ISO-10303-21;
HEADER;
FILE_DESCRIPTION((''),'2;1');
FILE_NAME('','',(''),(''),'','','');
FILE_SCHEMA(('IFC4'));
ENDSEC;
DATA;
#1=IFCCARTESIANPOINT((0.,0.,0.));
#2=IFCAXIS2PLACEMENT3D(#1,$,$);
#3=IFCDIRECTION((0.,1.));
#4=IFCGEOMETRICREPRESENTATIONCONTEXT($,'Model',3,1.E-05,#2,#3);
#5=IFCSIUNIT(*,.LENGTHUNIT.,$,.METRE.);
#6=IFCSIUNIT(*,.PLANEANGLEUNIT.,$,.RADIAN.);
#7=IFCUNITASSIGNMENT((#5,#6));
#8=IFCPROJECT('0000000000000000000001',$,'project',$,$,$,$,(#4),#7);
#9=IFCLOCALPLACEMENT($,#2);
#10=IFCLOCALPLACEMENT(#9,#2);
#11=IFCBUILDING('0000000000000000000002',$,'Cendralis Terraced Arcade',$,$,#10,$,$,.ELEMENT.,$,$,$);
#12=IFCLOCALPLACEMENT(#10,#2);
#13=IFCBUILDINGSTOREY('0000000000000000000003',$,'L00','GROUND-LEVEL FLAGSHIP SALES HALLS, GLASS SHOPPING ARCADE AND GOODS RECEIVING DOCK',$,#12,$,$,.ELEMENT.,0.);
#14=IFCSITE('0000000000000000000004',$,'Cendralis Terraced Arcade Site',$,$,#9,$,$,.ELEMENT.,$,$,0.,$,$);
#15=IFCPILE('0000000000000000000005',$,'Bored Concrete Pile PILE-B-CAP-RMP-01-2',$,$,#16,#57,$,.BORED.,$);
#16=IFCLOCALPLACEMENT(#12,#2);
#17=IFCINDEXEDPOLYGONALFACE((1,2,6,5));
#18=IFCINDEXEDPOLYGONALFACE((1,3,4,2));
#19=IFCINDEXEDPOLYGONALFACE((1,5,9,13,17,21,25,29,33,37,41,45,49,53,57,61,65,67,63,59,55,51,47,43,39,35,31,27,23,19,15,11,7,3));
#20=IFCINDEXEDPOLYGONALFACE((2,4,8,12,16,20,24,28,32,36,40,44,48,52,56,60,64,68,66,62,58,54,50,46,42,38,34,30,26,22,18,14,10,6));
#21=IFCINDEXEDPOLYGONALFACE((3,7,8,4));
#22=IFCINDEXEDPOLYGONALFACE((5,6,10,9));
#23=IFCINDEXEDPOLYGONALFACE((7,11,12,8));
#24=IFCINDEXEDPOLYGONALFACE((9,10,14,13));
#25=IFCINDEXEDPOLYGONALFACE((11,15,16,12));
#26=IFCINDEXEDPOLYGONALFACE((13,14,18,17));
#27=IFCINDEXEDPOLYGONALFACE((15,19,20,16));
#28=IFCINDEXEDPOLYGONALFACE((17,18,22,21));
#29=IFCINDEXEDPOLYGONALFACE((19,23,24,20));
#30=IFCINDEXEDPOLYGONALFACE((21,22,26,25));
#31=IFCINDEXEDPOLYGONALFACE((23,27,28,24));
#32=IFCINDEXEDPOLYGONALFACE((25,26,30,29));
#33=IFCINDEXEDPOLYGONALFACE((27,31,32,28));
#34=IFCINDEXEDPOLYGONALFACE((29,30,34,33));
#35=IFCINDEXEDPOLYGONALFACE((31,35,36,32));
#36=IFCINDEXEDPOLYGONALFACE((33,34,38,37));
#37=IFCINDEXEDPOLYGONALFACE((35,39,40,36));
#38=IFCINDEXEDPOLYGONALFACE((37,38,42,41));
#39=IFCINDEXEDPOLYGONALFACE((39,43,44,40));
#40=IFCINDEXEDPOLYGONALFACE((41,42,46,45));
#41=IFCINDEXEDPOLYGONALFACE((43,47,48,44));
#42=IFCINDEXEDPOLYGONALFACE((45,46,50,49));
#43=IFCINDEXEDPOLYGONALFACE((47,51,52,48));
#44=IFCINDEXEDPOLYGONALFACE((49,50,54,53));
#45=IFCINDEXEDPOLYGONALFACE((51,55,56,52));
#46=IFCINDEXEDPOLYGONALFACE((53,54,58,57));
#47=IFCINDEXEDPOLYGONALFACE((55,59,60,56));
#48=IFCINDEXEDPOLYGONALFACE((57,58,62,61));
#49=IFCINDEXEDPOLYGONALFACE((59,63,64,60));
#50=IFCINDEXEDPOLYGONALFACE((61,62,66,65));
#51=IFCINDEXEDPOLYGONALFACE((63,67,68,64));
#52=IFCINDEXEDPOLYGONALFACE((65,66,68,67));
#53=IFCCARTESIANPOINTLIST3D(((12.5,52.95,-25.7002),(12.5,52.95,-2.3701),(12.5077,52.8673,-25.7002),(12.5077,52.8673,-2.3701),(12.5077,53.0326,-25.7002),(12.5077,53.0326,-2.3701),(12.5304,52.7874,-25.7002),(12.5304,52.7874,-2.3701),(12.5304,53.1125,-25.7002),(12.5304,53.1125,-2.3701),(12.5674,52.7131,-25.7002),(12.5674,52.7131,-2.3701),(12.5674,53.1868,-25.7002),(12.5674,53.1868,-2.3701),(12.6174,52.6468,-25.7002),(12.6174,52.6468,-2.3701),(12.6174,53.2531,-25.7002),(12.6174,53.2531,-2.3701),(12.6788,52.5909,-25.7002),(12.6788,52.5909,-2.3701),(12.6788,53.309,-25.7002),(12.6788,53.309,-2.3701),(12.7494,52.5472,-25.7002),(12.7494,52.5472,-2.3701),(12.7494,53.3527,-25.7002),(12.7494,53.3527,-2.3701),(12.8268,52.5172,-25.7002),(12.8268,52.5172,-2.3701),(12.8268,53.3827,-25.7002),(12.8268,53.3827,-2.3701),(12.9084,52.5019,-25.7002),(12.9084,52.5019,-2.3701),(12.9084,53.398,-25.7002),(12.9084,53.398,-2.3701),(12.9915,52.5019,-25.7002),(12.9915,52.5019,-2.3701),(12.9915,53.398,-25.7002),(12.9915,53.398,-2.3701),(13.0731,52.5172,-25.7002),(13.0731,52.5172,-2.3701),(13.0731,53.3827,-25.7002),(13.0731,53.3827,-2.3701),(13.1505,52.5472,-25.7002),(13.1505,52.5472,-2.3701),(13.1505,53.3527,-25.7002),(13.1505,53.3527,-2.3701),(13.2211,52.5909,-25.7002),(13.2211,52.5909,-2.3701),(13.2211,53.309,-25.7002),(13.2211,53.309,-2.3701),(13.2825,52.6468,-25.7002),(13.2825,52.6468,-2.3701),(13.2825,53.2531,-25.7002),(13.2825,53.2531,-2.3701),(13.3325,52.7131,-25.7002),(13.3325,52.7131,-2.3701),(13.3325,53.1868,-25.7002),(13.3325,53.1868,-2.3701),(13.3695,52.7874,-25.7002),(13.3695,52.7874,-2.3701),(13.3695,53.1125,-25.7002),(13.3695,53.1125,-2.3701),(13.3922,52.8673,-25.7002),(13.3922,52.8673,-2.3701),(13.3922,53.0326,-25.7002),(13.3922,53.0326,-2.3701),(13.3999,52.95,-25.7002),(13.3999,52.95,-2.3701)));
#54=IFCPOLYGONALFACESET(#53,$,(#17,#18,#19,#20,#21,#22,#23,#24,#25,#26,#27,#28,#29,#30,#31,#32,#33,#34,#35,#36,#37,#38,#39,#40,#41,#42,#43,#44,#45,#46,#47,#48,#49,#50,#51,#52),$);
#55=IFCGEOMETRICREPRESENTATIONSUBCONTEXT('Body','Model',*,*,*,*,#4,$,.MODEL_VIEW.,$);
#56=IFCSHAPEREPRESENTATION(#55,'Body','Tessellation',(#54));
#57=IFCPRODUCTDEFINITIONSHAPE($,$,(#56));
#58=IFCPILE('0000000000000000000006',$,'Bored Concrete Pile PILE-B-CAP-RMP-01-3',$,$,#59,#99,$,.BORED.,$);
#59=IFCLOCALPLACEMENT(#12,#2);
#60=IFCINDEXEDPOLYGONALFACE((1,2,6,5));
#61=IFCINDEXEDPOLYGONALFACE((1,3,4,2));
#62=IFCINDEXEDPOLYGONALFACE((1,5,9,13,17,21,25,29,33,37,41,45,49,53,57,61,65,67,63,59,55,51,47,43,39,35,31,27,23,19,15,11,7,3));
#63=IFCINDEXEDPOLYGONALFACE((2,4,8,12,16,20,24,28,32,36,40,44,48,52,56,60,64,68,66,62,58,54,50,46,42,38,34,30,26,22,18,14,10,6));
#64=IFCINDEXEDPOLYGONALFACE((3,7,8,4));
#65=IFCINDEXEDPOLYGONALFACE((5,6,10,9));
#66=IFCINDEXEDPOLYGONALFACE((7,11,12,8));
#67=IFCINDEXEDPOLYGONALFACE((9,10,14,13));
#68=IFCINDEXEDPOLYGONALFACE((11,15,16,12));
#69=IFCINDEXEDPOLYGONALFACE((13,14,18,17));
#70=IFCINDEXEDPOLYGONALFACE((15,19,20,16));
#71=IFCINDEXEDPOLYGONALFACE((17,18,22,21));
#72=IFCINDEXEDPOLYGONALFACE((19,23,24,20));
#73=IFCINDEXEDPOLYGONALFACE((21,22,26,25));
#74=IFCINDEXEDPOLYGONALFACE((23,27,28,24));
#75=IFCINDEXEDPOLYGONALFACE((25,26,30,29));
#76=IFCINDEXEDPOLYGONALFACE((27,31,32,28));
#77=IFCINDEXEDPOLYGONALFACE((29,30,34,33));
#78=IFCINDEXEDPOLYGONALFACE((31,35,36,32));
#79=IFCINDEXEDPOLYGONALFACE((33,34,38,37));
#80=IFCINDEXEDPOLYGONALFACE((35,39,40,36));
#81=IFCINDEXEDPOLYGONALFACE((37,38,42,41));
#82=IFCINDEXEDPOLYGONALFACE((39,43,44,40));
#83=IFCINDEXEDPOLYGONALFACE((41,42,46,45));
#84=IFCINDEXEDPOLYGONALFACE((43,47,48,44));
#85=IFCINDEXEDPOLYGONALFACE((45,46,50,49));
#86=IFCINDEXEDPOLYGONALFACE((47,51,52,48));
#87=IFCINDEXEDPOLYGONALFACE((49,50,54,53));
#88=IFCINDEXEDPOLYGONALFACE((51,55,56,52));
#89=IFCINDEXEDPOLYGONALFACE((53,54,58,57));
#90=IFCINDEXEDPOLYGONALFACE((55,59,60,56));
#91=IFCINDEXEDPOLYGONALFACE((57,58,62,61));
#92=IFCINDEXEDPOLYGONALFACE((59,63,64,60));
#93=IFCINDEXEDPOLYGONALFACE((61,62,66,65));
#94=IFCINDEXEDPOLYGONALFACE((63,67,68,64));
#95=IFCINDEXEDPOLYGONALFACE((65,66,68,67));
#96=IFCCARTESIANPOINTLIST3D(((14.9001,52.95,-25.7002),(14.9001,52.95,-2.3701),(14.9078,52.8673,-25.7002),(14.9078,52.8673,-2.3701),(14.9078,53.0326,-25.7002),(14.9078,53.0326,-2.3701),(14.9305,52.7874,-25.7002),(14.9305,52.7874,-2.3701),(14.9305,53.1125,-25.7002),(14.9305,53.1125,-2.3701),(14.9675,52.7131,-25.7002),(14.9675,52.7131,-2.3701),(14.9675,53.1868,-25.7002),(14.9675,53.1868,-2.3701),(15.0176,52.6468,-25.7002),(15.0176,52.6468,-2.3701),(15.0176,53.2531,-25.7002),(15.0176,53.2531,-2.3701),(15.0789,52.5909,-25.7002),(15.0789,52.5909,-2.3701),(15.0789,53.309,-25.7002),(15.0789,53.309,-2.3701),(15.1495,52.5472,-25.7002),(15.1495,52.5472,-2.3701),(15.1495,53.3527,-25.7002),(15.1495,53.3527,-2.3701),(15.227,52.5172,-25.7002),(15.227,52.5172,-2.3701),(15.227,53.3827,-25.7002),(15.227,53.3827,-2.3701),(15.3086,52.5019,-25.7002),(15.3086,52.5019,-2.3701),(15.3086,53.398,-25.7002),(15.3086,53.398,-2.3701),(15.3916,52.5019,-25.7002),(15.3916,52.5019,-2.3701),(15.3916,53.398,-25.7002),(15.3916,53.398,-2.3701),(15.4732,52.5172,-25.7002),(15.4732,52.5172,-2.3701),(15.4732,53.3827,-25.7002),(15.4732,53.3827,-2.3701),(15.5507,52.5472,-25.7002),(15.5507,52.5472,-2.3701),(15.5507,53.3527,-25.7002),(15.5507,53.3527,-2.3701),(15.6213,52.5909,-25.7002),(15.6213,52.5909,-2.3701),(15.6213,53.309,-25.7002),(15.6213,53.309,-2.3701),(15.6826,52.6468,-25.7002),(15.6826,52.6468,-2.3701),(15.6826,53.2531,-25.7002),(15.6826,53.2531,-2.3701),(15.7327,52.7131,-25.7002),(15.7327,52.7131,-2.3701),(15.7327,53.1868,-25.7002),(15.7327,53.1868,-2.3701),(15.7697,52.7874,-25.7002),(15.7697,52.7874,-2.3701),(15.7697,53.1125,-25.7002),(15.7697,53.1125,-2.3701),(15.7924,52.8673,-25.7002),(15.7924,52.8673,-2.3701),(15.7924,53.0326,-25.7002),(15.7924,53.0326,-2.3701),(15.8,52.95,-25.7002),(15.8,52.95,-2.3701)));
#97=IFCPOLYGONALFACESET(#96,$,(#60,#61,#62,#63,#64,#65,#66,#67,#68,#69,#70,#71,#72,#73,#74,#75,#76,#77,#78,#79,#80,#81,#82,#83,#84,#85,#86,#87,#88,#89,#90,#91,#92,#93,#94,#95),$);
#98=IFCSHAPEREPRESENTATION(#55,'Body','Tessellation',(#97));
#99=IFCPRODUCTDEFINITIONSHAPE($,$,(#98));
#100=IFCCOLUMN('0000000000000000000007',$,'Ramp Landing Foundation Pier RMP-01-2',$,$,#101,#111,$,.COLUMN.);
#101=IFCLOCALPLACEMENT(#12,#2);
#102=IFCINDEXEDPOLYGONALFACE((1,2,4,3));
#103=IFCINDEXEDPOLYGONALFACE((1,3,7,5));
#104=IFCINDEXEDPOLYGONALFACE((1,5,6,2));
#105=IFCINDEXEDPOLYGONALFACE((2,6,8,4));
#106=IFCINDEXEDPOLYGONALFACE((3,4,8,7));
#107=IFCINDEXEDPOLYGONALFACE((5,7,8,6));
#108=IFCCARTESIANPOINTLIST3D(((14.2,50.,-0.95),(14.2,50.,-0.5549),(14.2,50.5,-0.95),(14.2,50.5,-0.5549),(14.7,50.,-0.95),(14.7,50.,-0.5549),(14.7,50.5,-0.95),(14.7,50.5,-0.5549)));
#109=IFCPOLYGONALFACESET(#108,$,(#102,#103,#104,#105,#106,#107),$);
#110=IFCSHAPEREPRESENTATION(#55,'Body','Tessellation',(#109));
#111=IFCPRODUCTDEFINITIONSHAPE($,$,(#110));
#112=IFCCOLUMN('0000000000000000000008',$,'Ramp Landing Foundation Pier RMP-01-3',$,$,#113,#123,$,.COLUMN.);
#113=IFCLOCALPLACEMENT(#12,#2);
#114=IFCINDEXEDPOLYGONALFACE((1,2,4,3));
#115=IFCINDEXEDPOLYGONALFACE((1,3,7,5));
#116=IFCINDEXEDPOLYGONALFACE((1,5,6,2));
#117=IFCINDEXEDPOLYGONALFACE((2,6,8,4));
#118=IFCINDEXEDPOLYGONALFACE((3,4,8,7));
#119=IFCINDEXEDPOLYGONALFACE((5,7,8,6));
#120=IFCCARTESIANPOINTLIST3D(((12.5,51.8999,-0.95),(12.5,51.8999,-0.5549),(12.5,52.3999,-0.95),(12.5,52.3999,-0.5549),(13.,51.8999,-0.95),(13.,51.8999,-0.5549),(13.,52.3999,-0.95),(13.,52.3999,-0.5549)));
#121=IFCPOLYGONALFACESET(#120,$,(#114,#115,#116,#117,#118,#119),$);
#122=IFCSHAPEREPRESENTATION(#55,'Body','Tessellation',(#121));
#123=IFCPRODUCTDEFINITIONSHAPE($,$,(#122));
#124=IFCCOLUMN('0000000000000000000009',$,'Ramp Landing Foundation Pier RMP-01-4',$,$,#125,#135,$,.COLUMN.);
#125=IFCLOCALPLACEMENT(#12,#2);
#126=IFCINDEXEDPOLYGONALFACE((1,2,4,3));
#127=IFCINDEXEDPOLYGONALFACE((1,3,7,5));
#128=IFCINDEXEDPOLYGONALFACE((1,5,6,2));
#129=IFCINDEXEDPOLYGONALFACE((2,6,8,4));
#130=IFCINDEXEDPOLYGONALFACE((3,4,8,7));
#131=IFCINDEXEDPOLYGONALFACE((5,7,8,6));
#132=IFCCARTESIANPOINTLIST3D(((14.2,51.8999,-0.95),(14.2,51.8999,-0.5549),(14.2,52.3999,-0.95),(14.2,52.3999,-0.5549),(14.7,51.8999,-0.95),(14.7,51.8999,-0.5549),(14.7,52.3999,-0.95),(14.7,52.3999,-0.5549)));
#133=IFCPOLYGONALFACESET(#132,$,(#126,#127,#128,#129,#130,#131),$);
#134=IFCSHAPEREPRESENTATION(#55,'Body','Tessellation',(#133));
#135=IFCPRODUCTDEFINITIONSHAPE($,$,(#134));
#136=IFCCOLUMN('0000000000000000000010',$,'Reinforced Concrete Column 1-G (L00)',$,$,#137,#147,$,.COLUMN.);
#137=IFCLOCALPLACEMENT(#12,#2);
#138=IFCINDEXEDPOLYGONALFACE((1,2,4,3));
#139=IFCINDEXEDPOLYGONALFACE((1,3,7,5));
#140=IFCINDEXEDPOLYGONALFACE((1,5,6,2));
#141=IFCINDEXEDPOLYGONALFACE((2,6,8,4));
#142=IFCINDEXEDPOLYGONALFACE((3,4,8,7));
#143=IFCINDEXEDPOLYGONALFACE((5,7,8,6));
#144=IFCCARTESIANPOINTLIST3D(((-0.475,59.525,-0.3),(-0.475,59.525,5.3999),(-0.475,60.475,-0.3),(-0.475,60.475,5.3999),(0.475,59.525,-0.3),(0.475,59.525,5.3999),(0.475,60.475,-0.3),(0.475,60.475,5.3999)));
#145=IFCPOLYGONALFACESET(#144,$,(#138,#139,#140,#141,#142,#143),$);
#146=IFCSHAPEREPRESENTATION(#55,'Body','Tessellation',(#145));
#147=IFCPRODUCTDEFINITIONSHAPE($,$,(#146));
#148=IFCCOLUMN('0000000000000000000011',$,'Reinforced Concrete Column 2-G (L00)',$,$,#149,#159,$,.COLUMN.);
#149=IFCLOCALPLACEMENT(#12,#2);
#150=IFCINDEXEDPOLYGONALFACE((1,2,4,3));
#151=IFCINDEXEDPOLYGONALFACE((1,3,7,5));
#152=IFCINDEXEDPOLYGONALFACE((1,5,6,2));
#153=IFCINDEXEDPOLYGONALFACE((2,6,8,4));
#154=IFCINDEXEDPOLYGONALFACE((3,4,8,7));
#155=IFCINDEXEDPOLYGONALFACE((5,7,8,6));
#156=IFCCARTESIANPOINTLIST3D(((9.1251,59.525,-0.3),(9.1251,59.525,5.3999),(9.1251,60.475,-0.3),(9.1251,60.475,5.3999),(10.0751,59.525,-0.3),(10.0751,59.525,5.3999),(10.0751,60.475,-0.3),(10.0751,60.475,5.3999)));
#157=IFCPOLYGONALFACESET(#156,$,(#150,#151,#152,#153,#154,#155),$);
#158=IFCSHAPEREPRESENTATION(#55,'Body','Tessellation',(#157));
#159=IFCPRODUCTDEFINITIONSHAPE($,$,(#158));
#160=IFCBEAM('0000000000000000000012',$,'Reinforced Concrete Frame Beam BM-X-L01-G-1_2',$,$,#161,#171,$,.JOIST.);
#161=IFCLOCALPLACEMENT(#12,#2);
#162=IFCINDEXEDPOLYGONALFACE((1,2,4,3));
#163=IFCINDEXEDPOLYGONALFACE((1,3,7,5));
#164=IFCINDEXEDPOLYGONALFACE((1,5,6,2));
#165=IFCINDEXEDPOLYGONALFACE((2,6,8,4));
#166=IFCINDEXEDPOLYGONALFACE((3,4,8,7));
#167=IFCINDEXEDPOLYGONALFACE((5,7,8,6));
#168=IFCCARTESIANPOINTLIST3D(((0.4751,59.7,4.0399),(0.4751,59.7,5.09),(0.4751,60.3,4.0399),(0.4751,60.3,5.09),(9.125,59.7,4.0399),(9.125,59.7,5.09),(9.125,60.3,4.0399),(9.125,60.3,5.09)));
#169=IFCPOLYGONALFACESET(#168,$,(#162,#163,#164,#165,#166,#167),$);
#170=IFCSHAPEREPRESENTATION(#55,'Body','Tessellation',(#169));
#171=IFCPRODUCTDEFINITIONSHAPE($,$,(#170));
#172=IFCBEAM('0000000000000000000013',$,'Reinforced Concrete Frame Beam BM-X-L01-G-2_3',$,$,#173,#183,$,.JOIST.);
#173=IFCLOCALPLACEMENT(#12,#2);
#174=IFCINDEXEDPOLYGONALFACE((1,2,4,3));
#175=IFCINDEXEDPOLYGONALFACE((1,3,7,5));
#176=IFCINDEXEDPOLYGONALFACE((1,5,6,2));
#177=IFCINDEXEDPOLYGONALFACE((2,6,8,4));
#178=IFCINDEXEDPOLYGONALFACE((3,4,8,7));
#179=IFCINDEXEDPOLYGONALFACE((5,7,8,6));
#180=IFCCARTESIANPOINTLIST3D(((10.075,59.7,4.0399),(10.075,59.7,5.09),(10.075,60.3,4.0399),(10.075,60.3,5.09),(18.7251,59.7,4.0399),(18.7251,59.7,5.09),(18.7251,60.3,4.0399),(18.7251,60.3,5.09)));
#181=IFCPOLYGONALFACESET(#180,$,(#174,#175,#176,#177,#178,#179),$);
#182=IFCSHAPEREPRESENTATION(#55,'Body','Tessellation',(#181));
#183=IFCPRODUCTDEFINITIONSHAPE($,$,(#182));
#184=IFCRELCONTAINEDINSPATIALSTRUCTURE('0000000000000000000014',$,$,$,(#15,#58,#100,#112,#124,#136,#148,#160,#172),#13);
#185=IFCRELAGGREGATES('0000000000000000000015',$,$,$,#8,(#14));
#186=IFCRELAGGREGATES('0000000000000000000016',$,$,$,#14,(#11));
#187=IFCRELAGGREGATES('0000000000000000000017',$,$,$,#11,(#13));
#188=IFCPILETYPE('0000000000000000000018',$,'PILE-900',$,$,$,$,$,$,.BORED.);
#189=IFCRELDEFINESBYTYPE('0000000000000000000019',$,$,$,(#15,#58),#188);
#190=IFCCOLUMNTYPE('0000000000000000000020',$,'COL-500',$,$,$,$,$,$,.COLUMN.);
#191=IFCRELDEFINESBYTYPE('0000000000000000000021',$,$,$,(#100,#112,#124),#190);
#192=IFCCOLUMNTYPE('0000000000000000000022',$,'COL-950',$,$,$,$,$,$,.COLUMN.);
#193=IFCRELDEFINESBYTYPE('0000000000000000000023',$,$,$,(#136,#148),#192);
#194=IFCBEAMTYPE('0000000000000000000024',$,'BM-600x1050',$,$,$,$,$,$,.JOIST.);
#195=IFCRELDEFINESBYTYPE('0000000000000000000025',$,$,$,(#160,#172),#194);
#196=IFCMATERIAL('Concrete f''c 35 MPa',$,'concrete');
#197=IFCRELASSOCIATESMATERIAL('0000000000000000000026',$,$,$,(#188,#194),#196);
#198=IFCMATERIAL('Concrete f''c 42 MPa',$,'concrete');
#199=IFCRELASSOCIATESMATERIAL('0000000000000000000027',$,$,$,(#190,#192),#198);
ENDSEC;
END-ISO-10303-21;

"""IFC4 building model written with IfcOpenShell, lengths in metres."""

from ifc_helpers import new_model, si_unit, direction, frame, origin, origin_2d, place, context, subcontext, project, spatial, rectangle, circle, extrude, material, material_profile, profile_set, type_object, element, save


model = new_model("IFC4")

# Units and contexts
model_context = context("Model", 3, precision=1e-05, world=origin(), true_north=direction((0.0, 1.0)))
body_context = subcontext(model_context, "Body", "Model", "MODEL_VIEW")
ifc_project = project(units=[si_unit("LENGTHUNIT", "METRE"), si_unit("PLANEANGLEUNIT", "RADIAN")], contexts=[model_context])

# Site, building, storey
site_placement = place(None, origin())
site = spatial("IfcSite", under=ifc_project, at=site_placement, Name="Cendralis Terraced Arcade Site", CompositionType="ELEMENT", RefElevation=0.0)
building_placement = place(site_placement, origin())
building = spatial("IfcBuilding", under=site, at=building_placement, Name="Cendralis Terraced Arcade", CompositionType="ELEMENT")
storey_placement = place(building_placement, origin())
storey = spatial("IfcBuildingStorey", under=building, at=storey_placement, Name="L00", Description="GROUND-LEVEL FLAGSHIP SALES HALLS, GLASS SHOPPING ARCADE AND GOODS RECEIVING DOCK", CompositionType="ELEMENT", Elevation=0.0)

# Shared definitions
ifc_material_1 = material(Name="Concrete f'c 35 MPa", Category="concrete")

# Piles
ifc_material_profile_1 = material_profile(ifc_material_1, circle(Radius=0.45, at=origin_2d()), Name="PILE-D900", Category="LoadBearing")
ifc_profile_set_1 = profile_set([ifc_material_profile_1], Name="Concrete f'c 35 MPa")
pile_type_1 = type_object("IfcPileType", Name="PILE-900", PredefinedType="BORED", material=ifc_profile_set_1)
for number, where, z_axis, x_axis, name in (
    (1, (12.95, 52.95, -2.3701), (0.0, 0.0, -1.0), (1.0, 0.0, 0.0), "Bored Concrete Pile PILE-B-CAP-RMP-01-2"),
    (2, (15.3501, 52.95, -2.3701), (0.0, 0.0, -1.0), (1.0, 0.0, 0.0), "Bored Concrete Pile PILE-B-CAP-RMP-01-3"),
):
    element("IfcPile", number, at=place(storey_placement, frame(where, z_axis=z_axis, x_axis=x_axis)), inside=storey, type_object=pile_type_1, Name=name, PredefinedType="BORED", context=body_context, shape_type="SweptSolid", body=[
        extrude(circle(Radius=0.45, at=origin_2d()), origin(), (0.0, 0.0, 1.0), 23.3301),
    ])

# Columns
ifc_material_2 = material(Name="Concrete f'c 42 MPa", Category="concrete")
ifc_material_profile_2 = material_profile(ifc_material_2, rectangle(XDim=0.5, YDim=0.5, at=origin_2d()), Name="RC-COL-500x500", Category="LoadBearing")
ifc_profile_set_2 = profile_set([ifc_material_profile_2], Name="Concrete f'c 42 MPa")
column_type_1 = type_object("IfcColumnType", Name="COL-500", PredefinedType="COLUMN", material=ifc_profile_set_2)
for number, where, z_axis, x_axis, name in (
    (3, (14.45, 50.25, -0.95), (0.0, 0.0, 1.0), (1.0, 0.0, 0.0), "Ramp Landing Foundation Pier RMP-01-2"),
    (4, (12.75, 52.1499, -0.95), (0.0, 0.0, 1.0), (1.0, 0.0, 0.0), "Ramp Landing Foundation Pier RMP-01-3"),
    (5, (14.45, 52.1499, -0.95), (0.0, 0.0, 1.0), (1.0, 0.0, 0.0), "Ramp Landing Foundation Pier RMP-01-4"),
):
    element("IfcColumn", number, at=place(storey_placement, frame(where, z_axis=z_axis, x_axis=x_axis)), inside=storey, type_object=column_type_1, Name=name, PredefinedType="COLUMN", context=body_context, shape_type="SweptSolid", body=[
        extrude(rectangle(XDim=0.5, YDim=0.5, at=origin_2d()), origin(), (0.0, 0.0, 1.0), 0.395),
    ])
ifc_material_profile_3 = material_profile(ifc_material_2, rectangle(XDim=0.95, YDim=0.95, at=origin_2d()), Name="RC-COL-950x950", Category="LoadBearing")
ifc_profile_set_3 = profile_set([ifc_material_profile_3], Name="Concrete f'c 42 MPa")
column_type_2 = type_object("IfcColumnType", Name="COL-950", PredefinedType="COLUMN", material=ifc_profile_set_3)
for number, where, z_axis, x_axis, name in (
    (6, (0.0, 60.0, -0.3), (0.0, 0.0, 1.0), (1.0, 0.0, 0.0), "Reinforced Concrete Column 1-G (L00)"),
    (7, (9.6001, 60.0, -0.3), (0.0, 0.0, 1.0), (1.0, 0.0, 0.0), "Reinforced Concrete Column 2-G (L00)"),
):
    element("IfcColumn", number, at=place(storey_placement, frame(where, z_axis=z_axis, x_axis=x_axis)), inside=storey, type_object=column_type_2, Name=name, PredefinedType="COLUMN", context=body_context, shape_type="SweptSolid", body=[
        extrude(rectangle(XDim=0.95, YDim=0.95, at=origin_2d()), origin(), (0.0, 0.0, 1.0), 5.7),
    ])

# Beams
ifc_material_profile_4 = material_profile(ifc_material_1, rectangle(XDim=0.6001, YDim=1.05, at=origin_2d()), Name="RC-BM-600x1050", Category="LoadBearing")
ifc_profile_set_4 = profile_set([ifc_material_profile_4], Name="Concrete f'c 35 MPa")
beam_type_1 = type_object("IfcBeamType", Name="BM-600x1050", PredefinedType="JOIST", material=ifc_profile_set_4)
beam_1_placement = place(storey_placement, frame((0.4751, 60.0, 4.5649), z_axis=(1.0, 0.0, 0.0), x_axis=(0.0, 1.0, 0.0)))
element("IfcBeam", 8, at=beam_1_placement, inside=storey, type_object=beam_type_1, Name="Reinforced Concrete Frame Beam BM-X-L01-G-1_2", PredefinedType="JOIST", context=body_context, shape_type="SweptSolid", body=[
    extrude(rectangle(XDim=0.6001, YDim=1.05, at=origin_2d()), origin(), (0.0, 0.0, 1.0), 8.6499),
])
beam_2_placement = place(storey_placement, frame((10.075, 60.0, 4.5649), z_axis=(1.0, 0.0, 0.0), x_axis=(0.0, 1.0, 0.0)))
element("IfcBeam", 9, at=beam_2_placement, inside=storey, type_object=beam_type_1, Name="Reinforced Concrete Frame Beam BM-X-L01-G-2_3", PredefinedType="JOIST", context=body_context, shape_type="SweptSolid", body=[
    extrude(rectangle(XDim=0.6001, YDim=1.05, at=origin_2d()), origin(), (0.0, 0.0, 1.0), 8.6501),
])

save(model, "model.ifc")
